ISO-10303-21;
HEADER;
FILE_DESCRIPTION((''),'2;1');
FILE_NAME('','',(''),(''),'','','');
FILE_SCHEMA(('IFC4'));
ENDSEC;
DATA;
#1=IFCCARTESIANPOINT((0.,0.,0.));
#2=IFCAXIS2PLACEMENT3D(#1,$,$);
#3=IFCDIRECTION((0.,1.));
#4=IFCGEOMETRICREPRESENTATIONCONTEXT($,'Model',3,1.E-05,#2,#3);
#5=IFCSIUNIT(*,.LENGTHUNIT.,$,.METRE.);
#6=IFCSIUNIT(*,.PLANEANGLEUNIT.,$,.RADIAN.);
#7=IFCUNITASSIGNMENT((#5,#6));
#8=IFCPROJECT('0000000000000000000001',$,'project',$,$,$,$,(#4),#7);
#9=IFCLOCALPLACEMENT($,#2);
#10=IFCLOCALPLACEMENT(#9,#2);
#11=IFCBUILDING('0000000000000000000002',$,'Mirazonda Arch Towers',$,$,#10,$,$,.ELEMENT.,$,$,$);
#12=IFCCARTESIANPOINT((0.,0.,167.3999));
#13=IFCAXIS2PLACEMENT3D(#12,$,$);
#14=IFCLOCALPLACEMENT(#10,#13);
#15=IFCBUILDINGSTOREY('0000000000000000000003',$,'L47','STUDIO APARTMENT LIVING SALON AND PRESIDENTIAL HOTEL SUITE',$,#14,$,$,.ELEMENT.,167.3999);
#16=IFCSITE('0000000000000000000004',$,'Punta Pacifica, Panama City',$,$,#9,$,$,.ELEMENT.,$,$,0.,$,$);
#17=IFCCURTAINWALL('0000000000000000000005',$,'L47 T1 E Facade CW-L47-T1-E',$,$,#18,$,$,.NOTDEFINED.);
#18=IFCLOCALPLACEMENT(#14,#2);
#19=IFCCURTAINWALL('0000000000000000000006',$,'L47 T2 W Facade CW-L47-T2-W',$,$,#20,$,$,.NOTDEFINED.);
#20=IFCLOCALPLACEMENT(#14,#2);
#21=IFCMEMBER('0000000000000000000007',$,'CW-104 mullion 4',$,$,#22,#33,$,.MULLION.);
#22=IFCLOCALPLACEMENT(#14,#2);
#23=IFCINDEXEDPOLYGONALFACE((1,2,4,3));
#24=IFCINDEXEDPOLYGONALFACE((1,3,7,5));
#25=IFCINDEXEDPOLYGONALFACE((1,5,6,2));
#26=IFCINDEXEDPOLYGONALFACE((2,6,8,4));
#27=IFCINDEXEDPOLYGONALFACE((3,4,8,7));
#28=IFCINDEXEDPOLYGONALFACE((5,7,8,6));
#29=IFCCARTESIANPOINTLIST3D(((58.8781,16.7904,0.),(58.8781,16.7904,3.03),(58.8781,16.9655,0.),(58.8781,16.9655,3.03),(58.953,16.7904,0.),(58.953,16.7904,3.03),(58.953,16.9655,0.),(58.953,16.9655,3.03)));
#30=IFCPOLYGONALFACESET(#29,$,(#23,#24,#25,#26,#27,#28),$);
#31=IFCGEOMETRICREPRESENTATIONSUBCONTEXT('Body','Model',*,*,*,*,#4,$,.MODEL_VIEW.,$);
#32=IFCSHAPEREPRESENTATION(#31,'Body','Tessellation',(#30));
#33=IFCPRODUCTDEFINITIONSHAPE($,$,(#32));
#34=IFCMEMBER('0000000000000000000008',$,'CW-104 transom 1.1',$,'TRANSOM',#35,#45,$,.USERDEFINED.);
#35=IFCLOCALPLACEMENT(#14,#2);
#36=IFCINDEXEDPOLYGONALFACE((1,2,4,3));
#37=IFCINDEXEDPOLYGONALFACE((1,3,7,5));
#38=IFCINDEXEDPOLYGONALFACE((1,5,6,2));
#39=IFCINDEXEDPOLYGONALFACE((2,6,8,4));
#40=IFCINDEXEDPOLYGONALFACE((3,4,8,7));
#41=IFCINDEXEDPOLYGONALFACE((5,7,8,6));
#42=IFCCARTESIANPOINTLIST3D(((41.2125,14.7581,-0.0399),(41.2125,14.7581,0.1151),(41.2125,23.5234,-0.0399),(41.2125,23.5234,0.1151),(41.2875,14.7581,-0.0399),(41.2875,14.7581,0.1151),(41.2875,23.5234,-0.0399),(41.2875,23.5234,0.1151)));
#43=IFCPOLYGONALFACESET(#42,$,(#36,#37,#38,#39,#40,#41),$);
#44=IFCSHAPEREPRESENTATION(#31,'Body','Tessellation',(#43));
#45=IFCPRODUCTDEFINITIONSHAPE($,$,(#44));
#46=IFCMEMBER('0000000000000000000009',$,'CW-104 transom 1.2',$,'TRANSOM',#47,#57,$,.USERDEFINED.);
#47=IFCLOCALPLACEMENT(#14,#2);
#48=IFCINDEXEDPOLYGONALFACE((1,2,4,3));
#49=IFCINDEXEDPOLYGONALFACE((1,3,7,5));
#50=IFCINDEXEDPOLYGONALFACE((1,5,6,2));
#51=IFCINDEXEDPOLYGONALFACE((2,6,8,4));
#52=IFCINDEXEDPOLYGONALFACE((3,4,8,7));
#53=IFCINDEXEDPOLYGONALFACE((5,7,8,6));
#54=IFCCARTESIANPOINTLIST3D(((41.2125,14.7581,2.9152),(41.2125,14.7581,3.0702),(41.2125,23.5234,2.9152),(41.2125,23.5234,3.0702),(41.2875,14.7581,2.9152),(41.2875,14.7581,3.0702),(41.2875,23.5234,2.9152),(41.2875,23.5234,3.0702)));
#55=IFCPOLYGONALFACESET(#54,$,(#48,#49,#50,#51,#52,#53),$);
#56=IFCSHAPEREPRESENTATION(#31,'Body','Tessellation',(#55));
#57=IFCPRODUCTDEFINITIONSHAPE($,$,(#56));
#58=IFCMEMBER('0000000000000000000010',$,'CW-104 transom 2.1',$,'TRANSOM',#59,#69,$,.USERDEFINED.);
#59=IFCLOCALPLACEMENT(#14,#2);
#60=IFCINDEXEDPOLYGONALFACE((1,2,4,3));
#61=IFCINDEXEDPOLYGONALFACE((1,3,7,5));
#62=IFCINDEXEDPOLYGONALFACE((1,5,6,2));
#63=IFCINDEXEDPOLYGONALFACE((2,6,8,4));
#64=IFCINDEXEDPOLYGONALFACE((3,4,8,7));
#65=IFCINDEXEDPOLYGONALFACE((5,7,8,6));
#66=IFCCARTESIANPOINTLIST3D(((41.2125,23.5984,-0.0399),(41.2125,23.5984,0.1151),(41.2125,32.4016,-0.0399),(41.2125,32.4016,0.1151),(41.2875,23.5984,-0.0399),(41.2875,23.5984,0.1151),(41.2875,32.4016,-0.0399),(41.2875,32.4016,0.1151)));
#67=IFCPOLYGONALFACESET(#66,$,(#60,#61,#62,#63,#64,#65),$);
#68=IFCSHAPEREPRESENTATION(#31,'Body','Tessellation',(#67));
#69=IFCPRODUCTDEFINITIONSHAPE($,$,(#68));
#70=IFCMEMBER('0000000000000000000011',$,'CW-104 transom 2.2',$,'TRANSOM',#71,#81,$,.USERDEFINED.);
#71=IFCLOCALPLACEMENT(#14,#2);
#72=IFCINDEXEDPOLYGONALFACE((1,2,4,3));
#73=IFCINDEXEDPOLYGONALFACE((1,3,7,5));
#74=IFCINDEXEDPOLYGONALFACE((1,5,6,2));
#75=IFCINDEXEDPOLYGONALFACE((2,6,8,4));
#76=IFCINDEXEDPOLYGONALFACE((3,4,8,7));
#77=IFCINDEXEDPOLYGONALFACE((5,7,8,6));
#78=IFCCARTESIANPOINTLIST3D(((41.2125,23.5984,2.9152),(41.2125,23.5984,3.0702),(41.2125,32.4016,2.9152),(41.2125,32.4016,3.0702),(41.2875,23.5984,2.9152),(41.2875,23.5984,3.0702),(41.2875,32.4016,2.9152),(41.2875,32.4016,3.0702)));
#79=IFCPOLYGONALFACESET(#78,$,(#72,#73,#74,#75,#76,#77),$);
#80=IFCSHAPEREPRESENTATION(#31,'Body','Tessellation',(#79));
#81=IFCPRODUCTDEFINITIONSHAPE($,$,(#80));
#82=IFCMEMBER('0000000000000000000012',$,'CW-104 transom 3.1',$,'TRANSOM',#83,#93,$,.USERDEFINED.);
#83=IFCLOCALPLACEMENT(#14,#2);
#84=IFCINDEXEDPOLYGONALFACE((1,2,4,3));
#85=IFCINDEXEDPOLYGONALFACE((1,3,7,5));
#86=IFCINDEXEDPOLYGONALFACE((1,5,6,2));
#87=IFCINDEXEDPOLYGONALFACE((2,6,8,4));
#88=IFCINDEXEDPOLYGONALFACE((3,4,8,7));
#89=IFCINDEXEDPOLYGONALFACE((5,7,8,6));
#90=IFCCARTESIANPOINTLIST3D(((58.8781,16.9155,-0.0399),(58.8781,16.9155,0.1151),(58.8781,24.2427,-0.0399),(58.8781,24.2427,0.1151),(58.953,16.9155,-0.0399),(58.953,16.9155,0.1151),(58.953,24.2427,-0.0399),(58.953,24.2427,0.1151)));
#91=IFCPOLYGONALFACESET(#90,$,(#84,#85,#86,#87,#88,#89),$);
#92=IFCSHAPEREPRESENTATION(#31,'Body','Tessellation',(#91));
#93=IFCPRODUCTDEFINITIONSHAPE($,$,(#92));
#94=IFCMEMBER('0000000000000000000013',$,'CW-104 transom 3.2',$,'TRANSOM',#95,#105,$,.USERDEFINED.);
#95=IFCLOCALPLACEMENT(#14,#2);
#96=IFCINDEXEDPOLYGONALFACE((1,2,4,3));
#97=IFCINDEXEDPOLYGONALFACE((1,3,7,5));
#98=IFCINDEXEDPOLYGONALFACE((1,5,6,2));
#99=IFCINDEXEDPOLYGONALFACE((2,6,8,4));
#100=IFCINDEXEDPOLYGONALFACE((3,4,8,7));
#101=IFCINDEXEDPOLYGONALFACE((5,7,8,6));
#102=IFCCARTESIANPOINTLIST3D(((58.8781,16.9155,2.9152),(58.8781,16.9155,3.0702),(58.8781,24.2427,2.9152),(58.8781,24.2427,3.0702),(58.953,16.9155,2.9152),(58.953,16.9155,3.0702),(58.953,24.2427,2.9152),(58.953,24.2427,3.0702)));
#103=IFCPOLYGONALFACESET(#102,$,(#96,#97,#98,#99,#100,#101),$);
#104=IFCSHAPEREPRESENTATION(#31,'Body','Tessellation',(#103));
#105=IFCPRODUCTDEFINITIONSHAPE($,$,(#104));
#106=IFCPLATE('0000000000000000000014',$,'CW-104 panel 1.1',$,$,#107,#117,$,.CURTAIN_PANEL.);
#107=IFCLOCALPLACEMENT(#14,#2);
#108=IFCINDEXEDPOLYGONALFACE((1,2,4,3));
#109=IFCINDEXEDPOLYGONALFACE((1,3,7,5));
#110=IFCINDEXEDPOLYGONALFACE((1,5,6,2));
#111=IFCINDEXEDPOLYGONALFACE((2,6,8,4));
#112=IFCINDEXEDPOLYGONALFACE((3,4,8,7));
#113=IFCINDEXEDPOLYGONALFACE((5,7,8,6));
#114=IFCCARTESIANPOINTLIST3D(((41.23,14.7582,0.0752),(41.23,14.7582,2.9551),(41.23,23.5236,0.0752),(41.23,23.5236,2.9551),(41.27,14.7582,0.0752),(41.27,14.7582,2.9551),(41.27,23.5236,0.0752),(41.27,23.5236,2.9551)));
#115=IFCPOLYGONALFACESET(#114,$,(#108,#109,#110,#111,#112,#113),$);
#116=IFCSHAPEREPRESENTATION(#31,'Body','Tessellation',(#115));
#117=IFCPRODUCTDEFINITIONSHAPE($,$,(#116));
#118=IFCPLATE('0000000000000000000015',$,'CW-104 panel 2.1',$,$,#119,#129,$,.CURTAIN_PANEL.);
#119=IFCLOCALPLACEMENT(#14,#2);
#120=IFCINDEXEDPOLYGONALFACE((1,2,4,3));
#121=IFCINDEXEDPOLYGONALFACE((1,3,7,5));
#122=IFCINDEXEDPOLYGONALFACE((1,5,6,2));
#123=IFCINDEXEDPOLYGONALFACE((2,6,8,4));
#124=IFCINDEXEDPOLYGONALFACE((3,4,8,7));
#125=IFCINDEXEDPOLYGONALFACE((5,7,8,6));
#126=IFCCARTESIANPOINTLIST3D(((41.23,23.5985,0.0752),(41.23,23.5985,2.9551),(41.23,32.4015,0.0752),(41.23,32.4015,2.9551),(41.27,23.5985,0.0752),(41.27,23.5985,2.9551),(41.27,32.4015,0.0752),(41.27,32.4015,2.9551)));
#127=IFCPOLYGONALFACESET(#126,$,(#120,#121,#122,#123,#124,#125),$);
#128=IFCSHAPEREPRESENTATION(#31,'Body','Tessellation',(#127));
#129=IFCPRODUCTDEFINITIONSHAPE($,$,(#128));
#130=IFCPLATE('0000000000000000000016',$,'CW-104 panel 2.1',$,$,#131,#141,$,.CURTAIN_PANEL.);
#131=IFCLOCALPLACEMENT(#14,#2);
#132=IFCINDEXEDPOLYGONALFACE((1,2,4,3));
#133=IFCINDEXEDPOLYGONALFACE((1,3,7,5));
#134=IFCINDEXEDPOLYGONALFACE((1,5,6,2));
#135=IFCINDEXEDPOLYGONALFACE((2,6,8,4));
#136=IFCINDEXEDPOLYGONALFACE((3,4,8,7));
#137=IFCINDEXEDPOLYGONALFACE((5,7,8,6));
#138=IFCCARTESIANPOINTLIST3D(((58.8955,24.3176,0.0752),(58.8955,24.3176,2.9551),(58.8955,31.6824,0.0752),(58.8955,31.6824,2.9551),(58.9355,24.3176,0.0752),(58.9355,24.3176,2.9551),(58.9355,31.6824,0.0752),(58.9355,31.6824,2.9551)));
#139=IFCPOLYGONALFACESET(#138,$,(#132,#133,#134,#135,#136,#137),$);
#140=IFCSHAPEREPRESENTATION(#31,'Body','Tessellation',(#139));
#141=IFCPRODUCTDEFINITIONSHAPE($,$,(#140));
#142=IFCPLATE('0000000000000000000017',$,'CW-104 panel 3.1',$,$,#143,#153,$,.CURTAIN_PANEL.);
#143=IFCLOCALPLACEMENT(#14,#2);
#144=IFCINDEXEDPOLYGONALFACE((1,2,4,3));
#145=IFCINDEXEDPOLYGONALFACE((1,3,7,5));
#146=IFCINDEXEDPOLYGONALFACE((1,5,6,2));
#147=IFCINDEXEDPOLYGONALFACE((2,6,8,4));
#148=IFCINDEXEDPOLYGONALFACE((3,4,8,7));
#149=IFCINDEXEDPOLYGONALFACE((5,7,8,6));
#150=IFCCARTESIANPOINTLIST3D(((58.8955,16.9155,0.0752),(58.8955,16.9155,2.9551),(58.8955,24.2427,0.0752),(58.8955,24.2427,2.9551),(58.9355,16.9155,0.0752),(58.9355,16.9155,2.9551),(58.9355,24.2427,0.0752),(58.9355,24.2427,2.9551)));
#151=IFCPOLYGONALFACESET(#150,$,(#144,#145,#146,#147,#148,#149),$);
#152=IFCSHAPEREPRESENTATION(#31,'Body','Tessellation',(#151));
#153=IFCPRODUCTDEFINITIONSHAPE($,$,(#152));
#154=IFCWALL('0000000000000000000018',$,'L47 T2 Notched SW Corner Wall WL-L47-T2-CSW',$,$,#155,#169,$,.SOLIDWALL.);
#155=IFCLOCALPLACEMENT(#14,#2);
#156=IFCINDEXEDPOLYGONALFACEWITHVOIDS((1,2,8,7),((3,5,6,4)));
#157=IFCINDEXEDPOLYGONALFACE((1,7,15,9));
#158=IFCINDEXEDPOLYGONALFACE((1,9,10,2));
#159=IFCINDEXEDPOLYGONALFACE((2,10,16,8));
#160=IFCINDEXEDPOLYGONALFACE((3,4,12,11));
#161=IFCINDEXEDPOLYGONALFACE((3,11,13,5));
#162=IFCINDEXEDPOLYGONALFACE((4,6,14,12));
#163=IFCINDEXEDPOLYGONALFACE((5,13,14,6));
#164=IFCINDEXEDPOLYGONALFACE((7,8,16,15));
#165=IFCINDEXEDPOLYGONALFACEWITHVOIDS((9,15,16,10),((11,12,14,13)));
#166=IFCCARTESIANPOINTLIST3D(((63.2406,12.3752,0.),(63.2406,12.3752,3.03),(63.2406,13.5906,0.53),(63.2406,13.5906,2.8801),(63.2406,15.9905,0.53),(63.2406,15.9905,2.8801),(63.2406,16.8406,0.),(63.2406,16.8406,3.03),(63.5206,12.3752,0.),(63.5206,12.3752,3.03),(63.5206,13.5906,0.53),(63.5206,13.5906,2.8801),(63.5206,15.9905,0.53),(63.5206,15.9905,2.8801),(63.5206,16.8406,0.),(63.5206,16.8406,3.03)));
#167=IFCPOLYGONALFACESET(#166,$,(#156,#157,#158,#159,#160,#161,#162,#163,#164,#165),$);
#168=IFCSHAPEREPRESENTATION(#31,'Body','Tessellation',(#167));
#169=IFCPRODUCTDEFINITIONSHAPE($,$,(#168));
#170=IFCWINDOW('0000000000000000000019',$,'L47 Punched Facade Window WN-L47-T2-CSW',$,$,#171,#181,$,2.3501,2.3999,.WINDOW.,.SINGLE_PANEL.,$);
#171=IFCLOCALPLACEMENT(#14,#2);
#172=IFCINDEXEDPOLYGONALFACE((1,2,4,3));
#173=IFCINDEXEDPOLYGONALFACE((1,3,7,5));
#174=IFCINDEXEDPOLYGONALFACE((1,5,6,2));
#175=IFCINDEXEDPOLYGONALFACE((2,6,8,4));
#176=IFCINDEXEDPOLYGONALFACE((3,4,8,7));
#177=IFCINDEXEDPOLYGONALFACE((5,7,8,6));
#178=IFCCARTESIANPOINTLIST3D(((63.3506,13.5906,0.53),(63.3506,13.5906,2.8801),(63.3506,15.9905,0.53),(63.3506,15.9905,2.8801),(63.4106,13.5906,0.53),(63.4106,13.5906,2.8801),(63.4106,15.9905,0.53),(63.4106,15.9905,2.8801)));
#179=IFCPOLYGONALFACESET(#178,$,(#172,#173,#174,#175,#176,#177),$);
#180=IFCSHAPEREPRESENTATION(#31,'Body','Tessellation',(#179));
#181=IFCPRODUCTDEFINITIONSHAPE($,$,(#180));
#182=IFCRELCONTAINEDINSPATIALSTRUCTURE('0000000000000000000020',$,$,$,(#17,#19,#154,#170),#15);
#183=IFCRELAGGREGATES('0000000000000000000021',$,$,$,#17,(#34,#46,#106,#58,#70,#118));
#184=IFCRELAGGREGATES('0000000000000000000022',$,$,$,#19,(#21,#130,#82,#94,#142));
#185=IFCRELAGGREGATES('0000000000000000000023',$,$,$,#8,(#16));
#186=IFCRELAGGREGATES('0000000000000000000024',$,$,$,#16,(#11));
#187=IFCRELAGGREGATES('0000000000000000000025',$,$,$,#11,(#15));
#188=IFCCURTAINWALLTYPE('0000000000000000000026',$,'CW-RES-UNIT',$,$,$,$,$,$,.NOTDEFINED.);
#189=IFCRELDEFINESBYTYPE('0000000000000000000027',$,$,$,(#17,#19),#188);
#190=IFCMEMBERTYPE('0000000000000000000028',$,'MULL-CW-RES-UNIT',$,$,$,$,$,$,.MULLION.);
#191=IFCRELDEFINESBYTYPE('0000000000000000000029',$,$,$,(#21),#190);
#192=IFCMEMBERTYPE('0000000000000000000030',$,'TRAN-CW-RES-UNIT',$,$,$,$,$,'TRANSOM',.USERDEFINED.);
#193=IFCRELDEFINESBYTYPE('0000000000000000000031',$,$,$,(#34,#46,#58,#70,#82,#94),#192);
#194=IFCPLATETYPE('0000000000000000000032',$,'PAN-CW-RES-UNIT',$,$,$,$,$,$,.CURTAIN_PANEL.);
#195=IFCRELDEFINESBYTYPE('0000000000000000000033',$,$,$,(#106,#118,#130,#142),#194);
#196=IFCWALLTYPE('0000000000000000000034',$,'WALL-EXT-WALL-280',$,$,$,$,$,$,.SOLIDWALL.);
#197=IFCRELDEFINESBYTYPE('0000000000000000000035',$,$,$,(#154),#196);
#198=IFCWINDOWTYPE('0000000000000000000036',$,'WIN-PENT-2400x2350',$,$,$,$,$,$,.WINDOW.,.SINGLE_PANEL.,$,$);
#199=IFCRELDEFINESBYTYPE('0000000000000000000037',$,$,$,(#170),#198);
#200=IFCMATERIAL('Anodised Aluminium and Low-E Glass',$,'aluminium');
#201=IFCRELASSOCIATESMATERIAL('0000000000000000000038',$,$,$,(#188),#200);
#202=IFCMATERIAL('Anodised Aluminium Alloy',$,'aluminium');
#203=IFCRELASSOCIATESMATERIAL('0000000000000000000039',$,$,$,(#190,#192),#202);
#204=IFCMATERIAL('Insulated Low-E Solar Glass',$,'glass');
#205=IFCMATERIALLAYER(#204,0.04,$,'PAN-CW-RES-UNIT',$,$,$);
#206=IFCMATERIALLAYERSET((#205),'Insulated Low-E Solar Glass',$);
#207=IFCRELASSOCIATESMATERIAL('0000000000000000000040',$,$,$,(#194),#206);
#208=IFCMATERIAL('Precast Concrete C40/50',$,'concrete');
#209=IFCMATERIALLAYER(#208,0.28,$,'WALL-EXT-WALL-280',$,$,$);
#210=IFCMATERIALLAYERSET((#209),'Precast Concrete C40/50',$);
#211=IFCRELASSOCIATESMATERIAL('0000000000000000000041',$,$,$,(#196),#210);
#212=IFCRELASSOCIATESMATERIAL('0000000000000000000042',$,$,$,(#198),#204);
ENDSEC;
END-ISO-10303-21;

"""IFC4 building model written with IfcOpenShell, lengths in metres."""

from ifc_helpers import new_model, si_unit, direction, frame, frame_2d, origin, origin_2d, place, context, subcontext, project, spatial, rectangle, extrude, material, layer, layer_set, material_profile, profile_set, type_object, element, fill, aggregate, save


model = new_model("IFC4")

# Units and contexts
model_context = context("Model", 3, precision=1e-05, world=origin(), true_north=direction((0.0, 1.0)))
body_context = subcontext(model_context, "Body", "Model", "MODEL_VIEW")
ifc_project = project(units=[si_unit("LENGTHUNIT", "METRE"), si_unit("PLANEANGLEUNIT", "RADIAN")], contexts=[model_context])

# Site, building, storey
site_placement = place(None, origin())
site = spatial("IfcSite", under=ifc_project, at=site_placement, Name="Punta Pacifica, Panama City", CompositionType="ELEMENT", RefElevation=0.0)
building_placement = place(site_placement, origin())
building = spatial("IfcBuilding", under=site, at=building_placement, Name="Mirazonda Arch Towers", CompositionType="ELEMENT")
storey_placement = place(building_placement, frame((0.0, 0.0, 167.3999)))
storey = spatial("IfcBuildingStorey", under=building, at=storey_placement, Name="L47", Description="STUDIO APARTMENT LIVING SALON AND PRESIDENTIAL HOTEL SUITE", CompositionType="ELEMENT", Elevation=167.3999)

# Curtain wall
ifc_material_1 = material(Name="Anodised Aluminium and Low-E Glass", Category="aluminium")
curtain_wall_type = type_object("IfcCurtainWallType", Name="CW-RES-UNIT", PredefinedType="NOTDEFINED", material=ifc_material_1)
curtain_wall_1_placement = place(storey_placement, origin())
curtain_wall_1 = element("IfcCurtainWall", 1, at=curtain_wall_1_placement, inside=storey, type_object=curtain_wall_type, Name="L47 T1 E Facade CW-L47-T1-E", PredefinedType="NOTDEFINED")
ifc_material_2 = material(Name="Anodised Aluminium Alloy", Category="aluminium")
ifc_material_profile_1 = material_profile(ifc_material_2, rectangle(XDim=0.075, YDim=0.175, at=origin_2d()), Name="ALU-MULL-75x175")
ifc_profile_set_1 = profile_set([ifc_material_profile_1], Name="Anodised Aluminium Alloy")
member_type_1 = type_object("IfcMemberType", Name="MULL-CW-RES-UNIT", PredefinedType="MULLION", material=ifc_profile_set_1)

# Curtain wall, member
curtain_wall_2_placement = place(storey_placement, origin())
curtain_wall_2 = element("IfcCurtainWall", 2, at=curtain_wall_2_placement, inside=storey, type_object=curtain_wall_type, Name="L47 T2 W Facade CW-L47-T2-W", PredefinedType="NOTDEFINED")
member_1_placement = place(storey_placement, frame((58.9155, 16.8779, 0.0), z_axis=(0.0, 0.0, 1.0), x_axis=(1.0, 0.0, 0.0)))
member_1 = element("IfcMember", 3, at=member_1_placement, type_object=member_type_1, Name="CW-104 mullion 4", PredefinedType="MULLION", context=body_context, shape_type="SweptSolid", body=[
    extrude(rectangle(XDim=0.075, YDim=0.175, at=origin_2d()), origin(), (0.0, 0.0, 1.0), 3.03),
])

# Members
ifc_material_profile_2 = material_profile(ifc_material_2, rectangle(XDim=0.075, YDim=0.155, at=origin_2d()), Name="ALU-TRAN-75x155")
ifc_profile_set_2 = profile_set([ifc_material_profile_2], Name="Anodised Aluminium Alloy")
member_type_2 = type_object("IfcMemberType", Name="TRAN-CW-RES-UNIT", ElementType="TRANSOM", PredefinedType="USERDEFINED", material=ifc_profile_set_2)
member_2_placement = place(storey_placement, frame((41.25, 14.7581, 0.0376), z_axis=(0.0, 1.0, 0.0), x_axis=(-1.0, 0.0, 0.0)))
member_2 = element("IfcMember", 4, at=member_2_placement, type_object=member_type_2, Name="CW-104 transom 1.1", ObjectType="TRANSOM", PredefinedType="USERDEFINED", context=body_context, shape_type="SweptSolid", body=[
    extrude(rectangle(XDim=0.075, YDim=0.155, at=origin_2d()), origin(), (0.0, 0.0, 1.0), 8.7654),
])
member_3_placement = place(storey_placement, frame((41.25, 14.7581, 2.9927), z_axis=(0.0, 1.0, 0.0), x_axis=(-1.0, 0.0, 0.0)))
member_3 = element("IfcMember", 5, at=member_3_placement, type_object=member_type_2, Name="CW-104 transom 1.2", ObjectType="TRANSOM", PredefinedType="USERDEFINED", context=body_context, shape_type="SweptSolid", body=[
    extrude(rectangle(XDim=0.075, YDim=0.155, at=origin_2d()), origin(), (0.0, 0.0, 1.0), 8.7654),
])
member_4_placement = place(storey_placement, frame((41.25, 23.5984, 0.0376), z_axis=(0.0, 1.0, 0.0), x_axis=(-1.0, 0.0, 0.0)))
member_4 = element("IfcMember", 6, at=member_4_placement, type_object=member_type_2, Name="CW-104 transom 2.1", ObjectType="TRANSOM", PredefinedType="USERDEFINED", context=body_context, shape_type="SweptSolid", body=[
    extrude(rectangle(XDim=0.075, YDim=0.155, at=origin_2d()), origin(), (0.0, 0.0, 1.0), 8.8032),
])
member_5_placement = place(storey_placement, frame((41.25, 23.5984, 2.9927), z_axis=(0.0, 1.0, 0.0), x_axis=(-1.0, 0.0, 0.0)))
member_5 = element("IfcMember", 7, at=member_5_placement, type_object=member_type_2, Name="CW-104 transom 2.2", ObjectType="TRANSOM", PredefinedType="USERDEFINED", context=body_context, shape_type="SweptSolid", body=[
    extrude(rectangle(XDim=0.075, YDim=0.155, at=origin_2d()), origin(), (0.0, 0.0, 1.0), 8.8032),
])
member_6_placement = place(storey_placement, frame((58.9155, 24.2427, 0.0376), z_axis=(0.0, -1.0, 0.0), x_axis=(1.0, 0.0, 0.0)))
member_6 = element("IfcMember", 8, at=member_6_placement, type_object=member_type_2, Name="CW-104 transom 3.1", ObjectType="TRANSOM", PredefinedType="USERDEFINED", context=body_context, shape_type="SweptSolid", body=[
    extrude(rectangle(XDim=0.075, YDim=0.155, at=origin_2d()), origin(), (0.0, 0.0, 1.0), 7.3271),
])
member_7_placement = place(storey_placement, frame((58.9155, 24.2427, 2.9927), z_axis=(0.0, -1.0, 0.0), x_axis=(1.0, 0.0, 0.0)))
member_7 = element("IfcMember", 9, at=member_7_placement, type_object=member_type_2, Name="CW-104 transom 3.2", ObjectType="TRANSOM", PredefinedType="USERDEFINED", context=body_context, shape_type="SweptSolid", body=[
    extrude(rectangle(XDim=0.075, YDim=0.155, at=origin_2d()), origin(), (0.0, 0.0, 1.0), 7.3271),
])

# Plates
ifc_material_3 = material(Name="Insulated Low-E Solar Glass", Category="glass")
ifc_layer_1 = layer(ifc_material_3, 0.04, Name="PAN-CW-RES-UNIT")
ifc_layer_set_1 = layer_set([ifc_layer_1], Name="Insulated Low-E Solar Glass")
plate_type = type_object("IfcPlateType", Name="PAN-CW-RES-UNIT", PredefinedType="CURTAIN_PANEL", material=ifc_layer_set_1)
plate_1_placement = place(storey_placement, frame((41.25, 19.1409, 0.0752), z_axis=(0.0, 0.0, 1.0), x_axis=(0.0, 1.0, 0.0)))
plate_1 = element("IfcPlate", 10, at=plate_1_placement, type_object=plate_type, Name="CW-104 panel 1.1", PredefinedType="CURTAIN_PANEL", context=body_context, shape_type="SweptSolid", body=[
    extrude(rectangle(XDim=8.7654, YDim=0.04, at=origin_2d()), origin(), (0.0, 0.0, 1.0), 2.8799),
])
plate_2_placement = place(storey_placement, frame((41.25, 28.0, 0.0752), z_axis=(0.0, 0.0, 1.0), x_axis=(0.0, 1.0, 0.0)))
plate_2 = element("IfcPlate", 11, at=plate_2_placement, type_object=plate_type, Name="CW-104 panel 2.1", PredefinedType="CURTAIN_PANEL", context=body_context, shape_type="SweptSolid", body=[
    extrude(rectangle(XDim=8.803, YDim=0.04, at=origin_2d()), origin(), (0.0, 0.0, 1.0), 2.8799),
])
aggregate(curtain_wall_1, [member_2, member_3, plate_1, member_4, member_5, plate_2])
plate_3_placement = place(storey_placement, frame((58.9155, 28.0, 0.0752), z_axis=(0.0, 0.0, 1.0), x_axis=(0.0, -1.0, 0.0)))
plate_3 = element("IfcPlate", 12, at=plate_3_placement, type_object=plate_type, Name="CW-104 panel 2.1", PredefinedType="CURTAIN_PANEL", context=body_context, shape_type="SweptSolid", body=[
    extrude(rectangle(XDim=7.3647, YDim=0.04, at=origin_2d()), origin(), (0.0, 0.0, 1.0), 2.8799),
])
plate_4_placement = place(storey_placement, frame((58.9155, 20.5791, 0.0752), z_axis=(0.0, 0.0, 1.0), x_axis=(0.0, -1.0, 0.0)))
plate_4 = element("IfcPlate", 13, at=plate_4_placement, type_object=plate_type, Name="CW-104 panel 3.1", PredefinedType="CURTAIN_PANEL", context=body_context, shape_type="SweptSolid", body=[
    extrude(rectangle(XDim=7.3271, YDim=0.04, at=origin_2d()), origin(), (0.0, 0.0, 1.0), 2.8799),
])
aggregate(curtain_wall_2, [member_1, plate_3, member_6, member_7, plate_4])

# Wall, opening, window
ifc_material_4 = material(Name="Precast Concrete C40/50", Category="concrete")
ifc_layer_2 = layer(ifc_material_4, 0.28, Name="WALL-EXT-WALL-280")
ifc_layer_set_2 = layer_set([ifc_layer_2], Name="Precast Concrete C40/50")
wall_type_1 = type_object("IfcWallType", Name="WALL-EXT-WALL-280", PredefinedType="SOLIDWALL", material=ifc_layer_set_2)
wall_1_placement = place(storey_placement, frame((63.3806, 16.8406, 0.0), z_axis=(0.0, 0.0, 1.0), x_axis=(0.0, -1.0, 0.0)))
wall_1 = element("IfcWall", 14, at=wall_1_placement, inside=storey, type_object=wall_type_1, Name="L47 T2 Notched SW Corner Wall WL-L47-T2-CSW", PredefinedType="SOLIDWALL", context=body_context, shape_type="SweptSolid", body=[
    extrude(rectangle(XDim=4.4653, YDim=0.28, at=frame_2d((2.2327, 0.0))), origin(), (0.0, 0.0, 1.0), 3.03),
])
opening_1_placement = place(wall_1_placement, frame((0.8501, 0.0, 0.53)))
opening_1 = element("IfcOpeningElement", 15, at=opening_1_placement, cuts=wall_1, PredefinedType="OPENING", context=body_context, shape_type="SweptSolid", body=[
    extrude(rectangle(XDim=2.3999, YDim=2.3501, at=frame_2d((1.2, 1.175))), frame((0.0, 0.1499, 0.0), z_axis=(0.0, -1.0, 0.0), x_axis=(1.0, 0.0, 0.0)), (0.0, 0.0, 1.0), 0.3),
])
window_type_1 = type_object("IfcWindowType", Name="WIN-PENT-2400x2350", PartitioningType="SINGLE_PANEL", PredefinedType="WINDOW", material=ifc_material_3)
window_1_placement = place(opening_1_placement, origin())
window_1 = element("IfcWindow", 16, at=window_1_placement, inside=storey, type_object=window_type_1, Name="L47 Punched Facade Window WN-L47-T2-CSW", OverallHeight=2.3501, OverallWidth=2.3999, PartitioningType="SINGLE_PANEL", PredefinedType="WINDOW", context=body_context, shape_type="SweptSolid", body=[
    extrude(rectangle(XDim=2.3999, YDim=2.3501, at=frame_2d((1.2, 1.175))), frame((0.0, 0.03, 0.0), z_axis=(0.0, -1.0, 0.0), x_axis=(1.0, 0.0, 0.0)), (0.0, 0.0, 1.0), 0.0601),
])
fill(opening_1, window_1)

save(model, "model.ifc")
